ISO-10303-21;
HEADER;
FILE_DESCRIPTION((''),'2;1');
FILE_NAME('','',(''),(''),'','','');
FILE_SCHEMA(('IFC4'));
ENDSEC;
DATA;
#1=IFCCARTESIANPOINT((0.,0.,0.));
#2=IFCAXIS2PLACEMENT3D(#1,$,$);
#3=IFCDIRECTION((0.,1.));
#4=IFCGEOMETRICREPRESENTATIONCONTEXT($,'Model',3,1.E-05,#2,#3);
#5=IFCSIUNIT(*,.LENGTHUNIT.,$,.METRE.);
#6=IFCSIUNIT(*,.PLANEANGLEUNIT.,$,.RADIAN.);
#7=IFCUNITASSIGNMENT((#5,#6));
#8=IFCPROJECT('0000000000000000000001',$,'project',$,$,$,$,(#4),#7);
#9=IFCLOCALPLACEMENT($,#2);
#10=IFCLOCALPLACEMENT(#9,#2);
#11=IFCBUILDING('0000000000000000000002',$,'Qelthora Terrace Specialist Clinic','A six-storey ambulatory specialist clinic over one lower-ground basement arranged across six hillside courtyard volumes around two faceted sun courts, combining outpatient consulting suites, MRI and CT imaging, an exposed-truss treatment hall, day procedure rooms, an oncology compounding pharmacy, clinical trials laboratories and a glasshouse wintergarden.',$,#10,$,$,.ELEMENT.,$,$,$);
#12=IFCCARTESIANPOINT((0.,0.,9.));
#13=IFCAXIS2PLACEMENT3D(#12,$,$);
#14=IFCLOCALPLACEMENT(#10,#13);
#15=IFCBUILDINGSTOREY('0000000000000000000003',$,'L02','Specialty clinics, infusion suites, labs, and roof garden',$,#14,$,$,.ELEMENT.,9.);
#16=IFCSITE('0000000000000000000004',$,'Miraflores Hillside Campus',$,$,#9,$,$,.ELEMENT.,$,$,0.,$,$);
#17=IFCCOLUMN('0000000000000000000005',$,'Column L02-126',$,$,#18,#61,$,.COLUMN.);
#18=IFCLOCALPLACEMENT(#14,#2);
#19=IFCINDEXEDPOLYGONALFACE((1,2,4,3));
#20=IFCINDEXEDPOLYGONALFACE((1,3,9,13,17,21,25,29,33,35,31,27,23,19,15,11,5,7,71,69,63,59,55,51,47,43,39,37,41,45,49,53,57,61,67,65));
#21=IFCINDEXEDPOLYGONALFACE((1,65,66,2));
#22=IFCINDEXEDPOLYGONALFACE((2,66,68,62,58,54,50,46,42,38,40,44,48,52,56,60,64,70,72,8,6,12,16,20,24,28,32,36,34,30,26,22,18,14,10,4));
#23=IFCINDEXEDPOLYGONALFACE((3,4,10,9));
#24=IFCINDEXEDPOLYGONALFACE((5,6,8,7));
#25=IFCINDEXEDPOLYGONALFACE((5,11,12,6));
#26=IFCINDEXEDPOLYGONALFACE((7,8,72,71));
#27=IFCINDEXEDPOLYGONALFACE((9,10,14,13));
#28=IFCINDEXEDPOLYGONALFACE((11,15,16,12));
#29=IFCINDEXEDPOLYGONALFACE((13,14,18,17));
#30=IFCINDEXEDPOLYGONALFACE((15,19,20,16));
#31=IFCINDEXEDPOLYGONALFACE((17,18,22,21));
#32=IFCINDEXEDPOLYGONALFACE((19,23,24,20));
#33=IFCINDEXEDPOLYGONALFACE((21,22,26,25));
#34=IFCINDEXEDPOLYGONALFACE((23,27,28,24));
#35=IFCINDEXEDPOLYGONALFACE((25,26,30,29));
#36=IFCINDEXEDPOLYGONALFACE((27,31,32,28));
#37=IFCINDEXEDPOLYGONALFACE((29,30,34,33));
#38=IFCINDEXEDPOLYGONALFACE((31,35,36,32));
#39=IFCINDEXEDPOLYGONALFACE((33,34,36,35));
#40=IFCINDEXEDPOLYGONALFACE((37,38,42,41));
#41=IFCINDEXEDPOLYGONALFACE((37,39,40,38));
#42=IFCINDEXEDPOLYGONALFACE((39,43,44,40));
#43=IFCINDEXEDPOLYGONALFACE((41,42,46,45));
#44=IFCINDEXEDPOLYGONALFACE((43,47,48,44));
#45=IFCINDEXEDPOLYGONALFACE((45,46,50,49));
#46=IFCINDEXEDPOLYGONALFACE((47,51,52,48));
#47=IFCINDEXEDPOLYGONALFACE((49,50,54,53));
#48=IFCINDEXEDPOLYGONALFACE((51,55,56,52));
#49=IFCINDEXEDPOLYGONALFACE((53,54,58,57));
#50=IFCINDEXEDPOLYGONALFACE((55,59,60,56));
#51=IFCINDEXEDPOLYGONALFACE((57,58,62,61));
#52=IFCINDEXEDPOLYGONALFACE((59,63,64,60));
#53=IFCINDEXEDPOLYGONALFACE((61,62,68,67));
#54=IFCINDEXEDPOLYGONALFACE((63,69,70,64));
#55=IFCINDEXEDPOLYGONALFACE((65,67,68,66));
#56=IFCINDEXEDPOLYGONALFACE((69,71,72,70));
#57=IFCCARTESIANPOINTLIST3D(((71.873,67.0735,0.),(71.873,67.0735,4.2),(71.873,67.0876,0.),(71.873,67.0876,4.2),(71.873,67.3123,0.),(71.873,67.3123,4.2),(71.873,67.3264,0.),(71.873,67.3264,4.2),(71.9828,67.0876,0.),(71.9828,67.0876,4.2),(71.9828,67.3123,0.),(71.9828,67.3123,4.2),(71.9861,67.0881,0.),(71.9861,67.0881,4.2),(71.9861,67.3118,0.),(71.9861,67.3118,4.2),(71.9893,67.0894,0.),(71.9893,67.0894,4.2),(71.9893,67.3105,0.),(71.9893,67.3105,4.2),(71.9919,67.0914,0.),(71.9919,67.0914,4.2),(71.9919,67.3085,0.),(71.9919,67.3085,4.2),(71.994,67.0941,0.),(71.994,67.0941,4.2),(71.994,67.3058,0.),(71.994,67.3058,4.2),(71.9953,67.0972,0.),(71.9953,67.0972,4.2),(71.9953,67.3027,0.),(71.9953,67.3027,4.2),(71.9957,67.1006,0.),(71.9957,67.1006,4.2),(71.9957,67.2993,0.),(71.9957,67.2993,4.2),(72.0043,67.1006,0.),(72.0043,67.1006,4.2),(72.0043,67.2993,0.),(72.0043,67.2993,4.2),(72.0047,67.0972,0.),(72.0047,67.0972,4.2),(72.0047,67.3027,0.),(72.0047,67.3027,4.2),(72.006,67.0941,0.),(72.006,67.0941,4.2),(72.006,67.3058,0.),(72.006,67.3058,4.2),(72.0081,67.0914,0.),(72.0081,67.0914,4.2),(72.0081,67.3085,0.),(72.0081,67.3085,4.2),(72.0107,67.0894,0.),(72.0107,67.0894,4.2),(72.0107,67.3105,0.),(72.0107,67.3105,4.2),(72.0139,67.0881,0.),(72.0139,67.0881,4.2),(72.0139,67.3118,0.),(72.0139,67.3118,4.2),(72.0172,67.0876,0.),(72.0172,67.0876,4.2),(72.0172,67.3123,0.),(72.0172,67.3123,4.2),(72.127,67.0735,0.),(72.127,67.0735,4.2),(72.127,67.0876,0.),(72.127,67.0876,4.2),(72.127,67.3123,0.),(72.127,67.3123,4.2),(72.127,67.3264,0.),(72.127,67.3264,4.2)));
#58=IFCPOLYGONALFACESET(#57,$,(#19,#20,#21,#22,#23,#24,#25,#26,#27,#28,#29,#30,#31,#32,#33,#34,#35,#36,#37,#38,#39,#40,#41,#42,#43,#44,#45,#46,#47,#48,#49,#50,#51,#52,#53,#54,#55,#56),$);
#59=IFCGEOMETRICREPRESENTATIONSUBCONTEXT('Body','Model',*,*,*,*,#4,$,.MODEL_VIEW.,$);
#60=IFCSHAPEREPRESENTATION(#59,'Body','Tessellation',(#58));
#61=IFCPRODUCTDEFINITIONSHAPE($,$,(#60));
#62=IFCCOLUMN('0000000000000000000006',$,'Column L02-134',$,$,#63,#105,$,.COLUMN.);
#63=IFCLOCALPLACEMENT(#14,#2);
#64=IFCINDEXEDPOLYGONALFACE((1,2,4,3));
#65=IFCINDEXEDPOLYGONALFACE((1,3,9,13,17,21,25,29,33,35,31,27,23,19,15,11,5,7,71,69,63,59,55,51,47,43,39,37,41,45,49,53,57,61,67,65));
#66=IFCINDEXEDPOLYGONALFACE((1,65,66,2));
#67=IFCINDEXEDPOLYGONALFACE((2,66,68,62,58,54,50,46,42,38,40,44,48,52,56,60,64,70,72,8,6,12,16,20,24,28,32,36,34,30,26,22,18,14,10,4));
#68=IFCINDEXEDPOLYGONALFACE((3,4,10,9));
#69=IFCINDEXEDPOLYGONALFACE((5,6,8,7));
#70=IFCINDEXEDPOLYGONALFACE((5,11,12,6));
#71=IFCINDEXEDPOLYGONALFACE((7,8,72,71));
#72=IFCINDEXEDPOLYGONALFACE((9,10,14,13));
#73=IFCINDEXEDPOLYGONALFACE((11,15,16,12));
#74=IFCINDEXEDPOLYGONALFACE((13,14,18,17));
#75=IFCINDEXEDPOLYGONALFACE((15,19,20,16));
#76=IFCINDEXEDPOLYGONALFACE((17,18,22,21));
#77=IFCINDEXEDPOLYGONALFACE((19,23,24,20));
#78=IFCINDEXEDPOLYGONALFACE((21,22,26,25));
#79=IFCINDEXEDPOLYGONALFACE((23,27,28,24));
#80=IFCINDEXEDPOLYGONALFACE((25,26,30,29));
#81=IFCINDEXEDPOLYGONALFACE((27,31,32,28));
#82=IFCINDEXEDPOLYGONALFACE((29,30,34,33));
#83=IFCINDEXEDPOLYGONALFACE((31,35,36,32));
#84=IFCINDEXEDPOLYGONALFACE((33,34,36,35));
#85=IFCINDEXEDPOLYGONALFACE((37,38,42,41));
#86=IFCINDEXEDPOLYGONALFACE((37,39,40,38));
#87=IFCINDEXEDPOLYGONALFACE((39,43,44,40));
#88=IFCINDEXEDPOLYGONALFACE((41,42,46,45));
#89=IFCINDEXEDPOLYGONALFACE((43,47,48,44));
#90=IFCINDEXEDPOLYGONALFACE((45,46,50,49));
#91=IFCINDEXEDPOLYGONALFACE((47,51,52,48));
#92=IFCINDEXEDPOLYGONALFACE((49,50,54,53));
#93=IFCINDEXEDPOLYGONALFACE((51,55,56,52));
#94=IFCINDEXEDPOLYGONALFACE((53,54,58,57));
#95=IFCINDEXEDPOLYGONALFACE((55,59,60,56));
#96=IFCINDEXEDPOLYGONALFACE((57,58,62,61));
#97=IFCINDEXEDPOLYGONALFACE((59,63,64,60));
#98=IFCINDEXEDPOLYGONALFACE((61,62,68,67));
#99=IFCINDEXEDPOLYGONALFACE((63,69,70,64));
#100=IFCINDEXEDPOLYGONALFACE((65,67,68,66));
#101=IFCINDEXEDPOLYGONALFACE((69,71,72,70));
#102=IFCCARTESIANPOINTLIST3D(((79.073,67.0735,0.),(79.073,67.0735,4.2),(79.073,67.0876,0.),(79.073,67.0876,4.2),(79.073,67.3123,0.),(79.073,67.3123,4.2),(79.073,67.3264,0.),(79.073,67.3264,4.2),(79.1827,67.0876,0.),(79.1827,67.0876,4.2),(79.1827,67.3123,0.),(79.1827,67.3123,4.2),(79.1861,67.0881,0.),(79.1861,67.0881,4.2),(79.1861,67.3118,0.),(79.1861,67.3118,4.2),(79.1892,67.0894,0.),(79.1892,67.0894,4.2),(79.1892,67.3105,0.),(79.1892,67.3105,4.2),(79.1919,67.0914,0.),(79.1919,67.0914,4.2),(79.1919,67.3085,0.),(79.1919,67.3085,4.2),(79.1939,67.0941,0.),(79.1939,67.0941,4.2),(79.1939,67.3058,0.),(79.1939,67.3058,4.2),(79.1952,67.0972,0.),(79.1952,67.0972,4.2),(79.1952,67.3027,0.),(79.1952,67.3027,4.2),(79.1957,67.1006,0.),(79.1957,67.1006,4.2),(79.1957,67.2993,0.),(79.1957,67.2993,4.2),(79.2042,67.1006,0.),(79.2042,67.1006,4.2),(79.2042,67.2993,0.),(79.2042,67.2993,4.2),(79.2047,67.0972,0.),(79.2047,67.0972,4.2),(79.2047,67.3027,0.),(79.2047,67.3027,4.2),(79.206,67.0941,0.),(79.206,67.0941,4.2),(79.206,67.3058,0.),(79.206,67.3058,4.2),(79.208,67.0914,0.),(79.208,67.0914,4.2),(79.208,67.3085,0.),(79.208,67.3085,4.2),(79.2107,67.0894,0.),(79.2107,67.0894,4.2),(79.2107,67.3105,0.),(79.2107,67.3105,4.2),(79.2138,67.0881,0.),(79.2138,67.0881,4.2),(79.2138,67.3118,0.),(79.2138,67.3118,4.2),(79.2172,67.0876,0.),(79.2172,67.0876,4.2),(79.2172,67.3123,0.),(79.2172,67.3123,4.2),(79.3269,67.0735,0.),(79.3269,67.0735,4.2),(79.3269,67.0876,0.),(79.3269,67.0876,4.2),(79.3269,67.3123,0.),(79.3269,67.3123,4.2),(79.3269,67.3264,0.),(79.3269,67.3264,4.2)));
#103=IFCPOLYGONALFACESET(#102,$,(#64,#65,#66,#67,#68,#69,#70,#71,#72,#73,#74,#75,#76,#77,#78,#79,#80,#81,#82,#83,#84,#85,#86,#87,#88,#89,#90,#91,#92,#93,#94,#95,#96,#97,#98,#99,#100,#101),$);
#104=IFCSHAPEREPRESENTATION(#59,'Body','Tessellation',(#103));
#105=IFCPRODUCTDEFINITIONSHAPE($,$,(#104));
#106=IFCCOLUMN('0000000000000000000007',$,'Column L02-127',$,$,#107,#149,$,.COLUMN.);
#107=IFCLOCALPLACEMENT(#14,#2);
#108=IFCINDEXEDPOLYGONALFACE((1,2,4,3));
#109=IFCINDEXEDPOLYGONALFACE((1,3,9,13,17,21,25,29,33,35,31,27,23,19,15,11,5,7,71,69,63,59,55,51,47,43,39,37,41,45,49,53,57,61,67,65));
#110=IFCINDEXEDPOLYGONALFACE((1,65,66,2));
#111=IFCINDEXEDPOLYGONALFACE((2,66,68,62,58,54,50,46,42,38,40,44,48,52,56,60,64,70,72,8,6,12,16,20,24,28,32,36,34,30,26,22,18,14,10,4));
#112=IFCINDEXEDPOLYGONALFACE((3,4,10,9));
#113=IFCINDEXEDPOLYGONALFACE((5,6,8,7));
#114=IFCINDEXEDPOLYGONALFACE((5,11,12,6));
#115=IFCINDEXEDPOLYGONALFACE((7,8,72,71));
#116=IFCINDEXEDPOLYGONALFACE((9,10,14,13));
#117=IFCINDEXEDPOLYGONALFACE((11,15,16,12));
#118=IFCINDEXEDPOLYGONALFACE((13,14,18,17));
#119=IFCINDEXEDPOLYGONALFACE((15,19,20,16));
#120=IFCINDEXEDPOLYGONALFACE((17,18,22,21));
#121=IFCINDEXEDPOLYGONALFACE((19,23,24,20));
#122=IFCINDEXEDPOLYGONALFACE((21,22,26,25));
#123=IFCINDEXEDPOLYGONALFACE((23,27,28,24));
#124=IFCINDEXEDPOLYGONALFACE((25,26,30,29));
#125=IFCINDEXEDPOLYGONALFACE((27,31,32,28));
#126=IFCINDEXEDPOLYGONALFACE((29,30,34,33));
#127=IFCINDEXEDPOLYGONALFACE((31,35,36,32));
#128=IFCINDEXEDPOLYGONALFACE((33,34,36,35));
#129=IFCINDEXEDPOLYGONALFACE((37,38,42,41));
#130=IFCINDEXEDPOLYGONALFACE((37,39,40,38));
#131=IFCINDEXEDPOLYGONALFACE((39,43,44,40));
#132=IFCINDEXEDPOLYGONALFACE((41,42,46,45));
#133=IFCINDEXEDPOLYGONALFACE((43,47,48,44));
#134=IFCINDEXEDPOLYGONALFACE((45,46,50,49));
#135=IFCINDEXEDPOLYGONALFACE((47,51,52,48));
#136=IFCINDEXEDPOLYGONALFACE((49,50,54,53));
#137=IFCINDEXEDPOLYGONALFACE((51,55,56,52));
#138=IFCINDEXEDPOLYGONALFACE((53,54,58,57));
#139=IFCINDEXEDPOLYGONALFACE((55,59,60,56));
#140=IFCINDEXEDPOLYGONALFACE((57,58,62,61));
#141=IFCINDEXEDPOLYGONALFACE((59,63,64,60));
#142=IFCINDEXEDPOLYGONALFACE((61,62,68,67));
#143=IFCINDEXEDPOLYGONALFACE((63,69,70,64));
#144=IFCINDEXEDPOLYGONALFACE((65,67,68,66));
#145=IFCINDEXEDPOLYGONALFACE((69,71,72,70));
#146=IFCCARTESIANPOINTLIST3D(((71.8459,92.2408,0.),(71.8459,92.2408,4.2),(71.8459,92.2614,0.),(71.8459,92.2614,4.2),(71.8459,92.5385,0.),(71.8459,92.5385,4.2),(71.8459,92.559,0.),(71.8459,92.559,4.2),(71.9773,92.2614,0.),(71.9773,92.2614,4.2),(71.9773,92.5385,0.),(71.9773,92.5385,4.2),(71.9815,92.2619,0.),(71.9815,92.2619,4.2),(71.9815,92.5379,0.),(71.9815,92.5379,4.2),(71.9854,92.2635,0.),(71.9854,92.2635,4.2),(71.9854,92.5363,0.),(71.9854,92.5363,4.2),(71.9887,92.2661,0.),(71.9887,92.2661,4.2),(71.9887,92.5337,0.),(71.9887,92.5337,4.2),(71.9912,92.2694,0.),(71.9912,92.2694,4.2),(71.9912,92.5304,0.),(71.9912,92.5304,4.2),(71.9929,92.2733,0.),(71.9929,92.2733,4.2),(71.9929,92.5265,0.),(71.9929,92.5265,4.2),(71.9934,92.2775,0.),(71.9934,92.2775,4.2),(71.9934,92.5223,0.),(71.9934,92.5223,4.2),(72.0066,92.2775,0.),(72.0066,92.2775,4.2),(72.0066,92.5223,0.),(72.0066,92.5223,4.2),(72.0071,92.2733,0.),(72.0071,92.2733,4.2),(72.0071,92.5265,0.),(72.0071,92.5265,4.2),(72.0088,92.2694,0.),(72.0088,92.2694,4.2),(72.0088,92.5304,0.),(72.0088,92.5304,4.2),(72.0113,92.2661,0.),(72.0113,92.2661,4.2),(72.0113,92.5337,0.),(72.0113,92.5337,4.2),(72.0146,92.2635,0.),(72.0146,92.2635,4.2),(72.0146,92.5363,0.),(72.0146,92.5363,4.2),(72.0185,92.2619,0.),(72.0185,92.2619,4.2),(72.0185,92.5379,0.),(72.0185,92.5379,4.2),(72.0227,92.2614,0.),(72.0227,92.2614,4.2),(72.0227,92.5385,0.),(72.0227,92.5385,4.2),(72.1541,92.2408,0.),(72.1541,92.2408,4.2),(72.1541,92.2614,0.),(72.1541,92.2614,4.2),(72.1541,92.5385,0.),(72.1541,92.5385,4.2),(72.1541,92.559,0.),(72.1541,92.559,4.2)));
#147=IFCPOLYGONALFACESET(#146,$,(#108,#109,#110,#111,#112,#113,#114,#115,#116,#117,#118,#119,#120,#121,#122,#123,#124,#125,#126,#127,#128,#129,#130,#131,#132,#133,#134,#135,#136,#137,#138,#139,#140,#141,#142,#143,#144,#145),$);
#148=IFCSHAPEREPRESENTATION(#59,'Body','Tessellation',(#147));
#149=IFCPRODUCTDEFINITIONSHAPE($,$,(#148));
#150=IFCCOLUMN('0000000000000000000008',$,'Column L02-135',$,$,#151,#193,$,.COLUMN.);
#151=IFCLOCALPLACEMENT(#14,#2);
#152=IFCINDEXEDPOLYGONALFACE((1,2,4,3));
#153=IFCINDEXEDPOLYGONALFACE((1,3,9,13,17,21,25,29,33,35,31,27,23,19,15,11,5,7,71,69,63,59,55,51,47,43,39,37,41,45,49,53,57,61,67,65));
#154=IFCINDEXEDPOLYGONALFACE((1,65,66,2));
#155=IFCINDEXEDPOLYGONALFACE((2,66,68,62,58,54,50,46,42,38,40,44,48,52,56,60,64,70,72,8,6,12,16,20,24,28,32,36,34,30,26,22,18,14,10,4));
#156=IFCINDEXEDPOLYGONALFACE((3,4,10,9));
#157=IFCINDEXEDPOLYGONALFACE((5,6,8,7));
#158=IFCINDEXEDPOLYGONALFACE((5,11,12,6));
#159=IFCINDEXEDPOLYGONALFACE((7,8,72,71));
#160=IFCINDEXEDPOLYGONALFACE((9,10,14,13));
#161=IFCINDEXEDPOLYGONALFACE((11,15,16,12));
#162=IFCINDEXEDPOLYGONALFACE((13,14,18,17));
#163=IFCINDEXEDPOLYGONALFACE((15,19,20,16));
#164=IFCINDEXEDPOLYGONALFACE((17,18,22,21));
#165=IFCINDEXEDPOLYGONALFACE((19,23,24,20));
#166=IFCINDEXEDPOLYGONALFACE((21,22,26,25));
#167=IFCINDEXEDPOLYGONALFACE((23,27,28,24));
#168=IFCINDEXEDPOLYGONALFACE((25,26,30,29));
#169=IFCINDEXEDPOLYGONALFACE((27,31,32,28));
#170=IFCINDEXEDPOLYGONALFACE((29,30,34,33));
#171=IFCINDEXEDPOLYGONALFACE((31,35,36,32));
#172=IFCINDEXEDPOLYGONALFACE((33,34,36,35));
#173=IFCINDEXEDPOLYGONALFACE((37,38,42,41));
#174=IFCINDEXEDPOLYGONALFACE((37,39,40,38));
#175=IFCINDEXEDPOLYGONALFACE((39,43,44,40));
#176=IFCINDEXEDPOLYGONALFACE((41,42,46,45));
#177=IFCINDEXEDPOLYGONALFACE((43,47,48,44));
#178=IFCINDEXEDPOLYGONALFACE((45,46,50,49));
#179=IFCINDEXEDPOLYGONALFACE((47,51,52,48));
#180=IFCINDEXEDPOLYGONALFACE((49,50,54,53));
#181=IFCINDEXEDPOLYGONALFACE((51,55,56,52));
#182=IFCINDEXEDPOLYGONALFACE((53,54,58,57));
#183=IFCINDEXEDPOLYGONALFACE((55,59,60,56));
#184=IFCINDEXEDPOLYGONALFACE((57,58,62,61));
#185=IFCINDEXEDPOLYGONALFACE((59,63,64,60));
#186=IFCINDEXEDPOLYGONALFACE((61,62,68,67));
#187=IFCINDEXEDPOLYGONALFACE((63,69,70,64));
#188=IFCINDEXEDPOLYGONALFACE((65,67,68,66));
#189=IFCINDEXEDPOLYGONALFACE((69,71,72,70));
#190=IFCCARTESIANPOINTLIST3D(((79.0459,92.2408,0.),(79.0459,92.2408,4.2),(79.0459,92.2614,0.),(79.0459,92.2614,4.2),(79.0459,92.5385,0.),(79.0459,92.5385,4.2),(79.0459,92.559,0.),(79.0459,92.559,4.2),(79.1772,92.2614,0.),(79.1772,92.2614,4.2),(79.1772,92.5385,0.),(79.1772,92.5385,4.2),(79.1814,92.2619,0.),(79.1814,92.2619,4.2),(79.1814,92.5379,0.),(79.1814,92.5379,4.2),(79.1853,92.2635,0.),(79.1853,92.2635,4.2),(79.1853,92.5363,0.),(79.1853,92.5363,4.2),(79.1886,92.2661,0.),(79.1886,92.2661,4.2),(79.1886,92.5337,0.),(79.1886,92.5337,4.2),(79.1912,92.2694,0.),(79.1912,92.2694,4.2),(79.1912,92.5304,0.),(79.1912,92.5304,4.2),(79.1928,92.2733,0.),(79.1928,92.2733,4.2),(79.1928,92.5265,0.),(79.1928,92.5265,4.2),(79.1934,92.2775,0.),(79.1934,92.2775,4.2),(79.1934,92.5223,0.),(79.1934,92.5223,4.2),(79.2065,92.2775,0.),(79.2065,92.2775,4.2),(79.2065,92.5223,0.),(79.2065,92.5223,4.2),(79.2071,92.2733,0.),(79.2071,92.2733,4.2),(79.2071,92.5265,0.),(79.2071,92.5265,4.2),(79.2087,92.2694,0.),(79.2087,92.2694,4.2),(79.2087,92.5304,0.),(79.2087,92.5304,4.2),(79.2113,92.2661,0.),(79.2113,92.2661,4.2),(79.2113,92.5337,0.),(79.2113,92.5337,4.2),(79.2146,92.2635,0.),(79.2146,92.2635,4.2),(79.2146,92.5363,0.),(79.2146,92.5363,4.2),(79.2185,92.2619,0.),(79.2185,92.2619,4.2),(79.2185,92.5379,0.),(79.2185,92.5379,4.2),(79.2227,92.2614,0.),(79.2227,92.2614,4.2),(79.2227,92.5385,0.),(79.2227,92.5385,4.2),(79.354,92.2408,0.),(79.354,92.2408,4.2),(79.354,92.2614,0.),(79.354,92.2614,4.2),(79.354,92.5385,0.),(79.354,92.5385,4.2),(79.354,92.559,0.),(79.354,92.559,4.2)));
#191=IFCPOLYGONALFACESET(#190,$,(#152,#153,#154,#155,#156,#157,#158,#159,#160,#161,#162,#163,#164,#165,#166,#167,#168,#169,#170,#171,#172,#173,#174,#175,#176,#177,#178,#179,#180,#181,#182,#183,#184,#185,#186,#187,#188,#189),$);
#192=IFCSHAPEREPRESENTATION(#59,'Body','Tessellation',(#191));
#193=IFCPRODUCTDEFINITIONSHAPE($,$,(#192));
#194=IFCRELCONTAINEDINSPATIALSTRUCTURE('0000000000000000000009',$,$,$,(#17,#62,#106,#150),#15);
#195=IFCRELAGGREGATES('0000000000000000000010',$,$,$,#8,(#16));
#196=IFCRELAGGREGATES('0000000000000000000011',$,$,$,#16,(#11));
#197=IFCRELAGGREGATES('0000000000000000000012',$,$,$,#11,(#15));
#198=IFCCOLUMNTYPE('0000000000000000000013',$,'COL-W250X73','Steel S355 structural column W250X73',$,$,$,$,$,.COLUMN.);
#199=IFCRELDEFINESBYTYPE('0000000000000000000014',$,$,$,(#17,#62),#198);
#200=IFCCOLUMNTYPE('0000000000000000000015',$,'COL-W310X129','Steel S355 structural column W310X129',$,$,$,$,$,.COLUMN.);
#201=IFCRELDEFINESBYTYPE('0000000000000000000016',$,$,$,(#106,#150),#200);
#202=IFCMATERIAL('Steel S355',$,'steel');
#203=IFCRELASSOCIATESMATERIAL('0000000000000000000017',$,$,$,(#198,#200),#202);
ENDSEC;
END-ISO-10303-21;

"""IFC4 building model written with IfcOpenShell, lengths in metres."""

from ifc_helpers import new_model, si_unit, direction, frame, origin, origin_2d, place, context, subcontext, project, spatial, i_section, extrude, material, material_profile, profile_set, type_object, element, save


model = new_model("IFC4")

# Units and contexts
model_context = context("Model", 3, precision=1e-05, world=origin(), true_north=direction((0.0, 1.0)))
body_context = subcontext(model_context, "Body", "Model", "MODEL_VIEW")
ifc_project = project(units=[si_unit("LENGTHUNIT", "METRE"), si_unit("PLANEANGLEUNIT", "RADIAN")], contexts=[model_context])

# Site, building, storey
site_placement = place(None, origin())
site = spatial("IfcSite", under=ifc_project, at=site_placement, Name="Miraflores Hillside Campus", CompositionType="ELEMENT", RefElevation=0.0)
building_placement = place(site_placement, origin())
building = spatial("IfcBuilding", under=site, at=building_placement, Name="Qelthora Terrace Specialist Clinic", Description="A six-storey ambulatory specialist clinic over one lower-ground basement arranged across six hillside courtyard volumes around two faceted sun courts, combining outpatient consulting suites, MRI and CT imaging, an exposed-truss treatment hall, day procedure rooms, an oncology compounding pharmacy, clinical trials laboratories and a glasshouse wintergarden.", CompositionType="ELEMENT")
storey_placement = place(building_placement, frame((0.0, 0.0, 9.0)))
storey = spatial("IfcBuildingStorey", under=building, at=storey_placement, Name="L02", Description="Specialty clinics, infusion suites, labs, and roof garden", CompositionType="ELEMENT", Elevation=9.0)

# Columns
ifc_material_1 = material(Name="Steel S355", Category="steel")
ifc_material_profile_1 = material_profile(ifc_material_1, i_section(OverallWidth=0.2539, OverallDepth=0.2529, WebThickness=0.0085, FlangeThickness=0.0142, FilletRadius=0.0129, at=origin_2d()), Name="W250X73")
ifc_profile_set_1 = profile_set([ifc_material_profile_1], Name="Steel S355")
column_type_1 = type_object("IfcColumnType", Name="COL-W250X73", Description="Steel S355 structural column W250X73", PredefinedType="COLUMN", material=ifc_profile_set_1)
for number, where, z_axis, x_axis, name in (
    (1, (72.0, 67.2, 0.0), (0.0, 0.0, 1.0), (1.0, 0.0, 0.0), "Column L02-126"),
    (2, (79.2, 67.2, 0.0), (0.0, 0.0, 1.0), (1.0, 0.0, 0.0), "Column L02-134"),
):
    element("IfcColumn", number, at=place(storey_placement, frame(where, z_axis=z_axis, x_axis=x_axis)), inside=storey, type_object=column_type_1, Name=name, PredefinedType="COLUMN", context=body_context, shape_type="SweptSolid", body=[
        extrude(i_section(OverallWidth=0.2539, OverallDepth=0.2529, WebThickness=0.0085, FlangeThickness=0.0142, FilletRadius=0.0129, at=origin_2d()), origin(), (0.0, 0.0, 1.0), 4.2),
    ])
ifc_material_profile_2 = material_profile(ifc_material_1, i_section(OverallWidth=0.3081, OverallDepth=0.3181, WebThickness=0.0132, FlangeThickness=0.0205, FilletRadius=0.0161, at=origin_2d()), Name="W310X129")
ifc_profile_set_2 = profile_set([ifc_material_profile_2], Name="Steel S355")
column_type_2 = type_object("IfcColumnType", Name="COL-W310X129", Description="Steel S355 structural column W310X129", PredefinedType="COLUMN", material=ifc_profile_set_2)
for number, where, z_axis, x_axis, name in (
    (3, (72.0, 92.3999, 0.0), (0.0, 0.0, 1.0), (1.0, 0.0, 0.0), "Column L02-127"),
    (4, (79.2, 92.3999, 0.0), (0.0, 0.0, 1.0), (1.0, 0.0, 0.0), "Column L02-135"),
):
    element("IfcColumn", number, at=place(storey_placement, frame(where, z_axis=z_axis, x_axis=x_axis)), inside=storey, type_object=column_type_2, Name=name, PredefinedType="COLUMN", context=body_context, shape_type="SweptSolid", body=[
        extrude(i_section(OverallWidth=0.3081, OverallDepth=0.3181, WebThickness=0.0132, FlangeThickness=0.0205, FilletRadius=0.0161, at=origin_2d()), origin(), (0.0, 0.0, 1.0), 4.2),
    ])

save(model, "model.ifc")
